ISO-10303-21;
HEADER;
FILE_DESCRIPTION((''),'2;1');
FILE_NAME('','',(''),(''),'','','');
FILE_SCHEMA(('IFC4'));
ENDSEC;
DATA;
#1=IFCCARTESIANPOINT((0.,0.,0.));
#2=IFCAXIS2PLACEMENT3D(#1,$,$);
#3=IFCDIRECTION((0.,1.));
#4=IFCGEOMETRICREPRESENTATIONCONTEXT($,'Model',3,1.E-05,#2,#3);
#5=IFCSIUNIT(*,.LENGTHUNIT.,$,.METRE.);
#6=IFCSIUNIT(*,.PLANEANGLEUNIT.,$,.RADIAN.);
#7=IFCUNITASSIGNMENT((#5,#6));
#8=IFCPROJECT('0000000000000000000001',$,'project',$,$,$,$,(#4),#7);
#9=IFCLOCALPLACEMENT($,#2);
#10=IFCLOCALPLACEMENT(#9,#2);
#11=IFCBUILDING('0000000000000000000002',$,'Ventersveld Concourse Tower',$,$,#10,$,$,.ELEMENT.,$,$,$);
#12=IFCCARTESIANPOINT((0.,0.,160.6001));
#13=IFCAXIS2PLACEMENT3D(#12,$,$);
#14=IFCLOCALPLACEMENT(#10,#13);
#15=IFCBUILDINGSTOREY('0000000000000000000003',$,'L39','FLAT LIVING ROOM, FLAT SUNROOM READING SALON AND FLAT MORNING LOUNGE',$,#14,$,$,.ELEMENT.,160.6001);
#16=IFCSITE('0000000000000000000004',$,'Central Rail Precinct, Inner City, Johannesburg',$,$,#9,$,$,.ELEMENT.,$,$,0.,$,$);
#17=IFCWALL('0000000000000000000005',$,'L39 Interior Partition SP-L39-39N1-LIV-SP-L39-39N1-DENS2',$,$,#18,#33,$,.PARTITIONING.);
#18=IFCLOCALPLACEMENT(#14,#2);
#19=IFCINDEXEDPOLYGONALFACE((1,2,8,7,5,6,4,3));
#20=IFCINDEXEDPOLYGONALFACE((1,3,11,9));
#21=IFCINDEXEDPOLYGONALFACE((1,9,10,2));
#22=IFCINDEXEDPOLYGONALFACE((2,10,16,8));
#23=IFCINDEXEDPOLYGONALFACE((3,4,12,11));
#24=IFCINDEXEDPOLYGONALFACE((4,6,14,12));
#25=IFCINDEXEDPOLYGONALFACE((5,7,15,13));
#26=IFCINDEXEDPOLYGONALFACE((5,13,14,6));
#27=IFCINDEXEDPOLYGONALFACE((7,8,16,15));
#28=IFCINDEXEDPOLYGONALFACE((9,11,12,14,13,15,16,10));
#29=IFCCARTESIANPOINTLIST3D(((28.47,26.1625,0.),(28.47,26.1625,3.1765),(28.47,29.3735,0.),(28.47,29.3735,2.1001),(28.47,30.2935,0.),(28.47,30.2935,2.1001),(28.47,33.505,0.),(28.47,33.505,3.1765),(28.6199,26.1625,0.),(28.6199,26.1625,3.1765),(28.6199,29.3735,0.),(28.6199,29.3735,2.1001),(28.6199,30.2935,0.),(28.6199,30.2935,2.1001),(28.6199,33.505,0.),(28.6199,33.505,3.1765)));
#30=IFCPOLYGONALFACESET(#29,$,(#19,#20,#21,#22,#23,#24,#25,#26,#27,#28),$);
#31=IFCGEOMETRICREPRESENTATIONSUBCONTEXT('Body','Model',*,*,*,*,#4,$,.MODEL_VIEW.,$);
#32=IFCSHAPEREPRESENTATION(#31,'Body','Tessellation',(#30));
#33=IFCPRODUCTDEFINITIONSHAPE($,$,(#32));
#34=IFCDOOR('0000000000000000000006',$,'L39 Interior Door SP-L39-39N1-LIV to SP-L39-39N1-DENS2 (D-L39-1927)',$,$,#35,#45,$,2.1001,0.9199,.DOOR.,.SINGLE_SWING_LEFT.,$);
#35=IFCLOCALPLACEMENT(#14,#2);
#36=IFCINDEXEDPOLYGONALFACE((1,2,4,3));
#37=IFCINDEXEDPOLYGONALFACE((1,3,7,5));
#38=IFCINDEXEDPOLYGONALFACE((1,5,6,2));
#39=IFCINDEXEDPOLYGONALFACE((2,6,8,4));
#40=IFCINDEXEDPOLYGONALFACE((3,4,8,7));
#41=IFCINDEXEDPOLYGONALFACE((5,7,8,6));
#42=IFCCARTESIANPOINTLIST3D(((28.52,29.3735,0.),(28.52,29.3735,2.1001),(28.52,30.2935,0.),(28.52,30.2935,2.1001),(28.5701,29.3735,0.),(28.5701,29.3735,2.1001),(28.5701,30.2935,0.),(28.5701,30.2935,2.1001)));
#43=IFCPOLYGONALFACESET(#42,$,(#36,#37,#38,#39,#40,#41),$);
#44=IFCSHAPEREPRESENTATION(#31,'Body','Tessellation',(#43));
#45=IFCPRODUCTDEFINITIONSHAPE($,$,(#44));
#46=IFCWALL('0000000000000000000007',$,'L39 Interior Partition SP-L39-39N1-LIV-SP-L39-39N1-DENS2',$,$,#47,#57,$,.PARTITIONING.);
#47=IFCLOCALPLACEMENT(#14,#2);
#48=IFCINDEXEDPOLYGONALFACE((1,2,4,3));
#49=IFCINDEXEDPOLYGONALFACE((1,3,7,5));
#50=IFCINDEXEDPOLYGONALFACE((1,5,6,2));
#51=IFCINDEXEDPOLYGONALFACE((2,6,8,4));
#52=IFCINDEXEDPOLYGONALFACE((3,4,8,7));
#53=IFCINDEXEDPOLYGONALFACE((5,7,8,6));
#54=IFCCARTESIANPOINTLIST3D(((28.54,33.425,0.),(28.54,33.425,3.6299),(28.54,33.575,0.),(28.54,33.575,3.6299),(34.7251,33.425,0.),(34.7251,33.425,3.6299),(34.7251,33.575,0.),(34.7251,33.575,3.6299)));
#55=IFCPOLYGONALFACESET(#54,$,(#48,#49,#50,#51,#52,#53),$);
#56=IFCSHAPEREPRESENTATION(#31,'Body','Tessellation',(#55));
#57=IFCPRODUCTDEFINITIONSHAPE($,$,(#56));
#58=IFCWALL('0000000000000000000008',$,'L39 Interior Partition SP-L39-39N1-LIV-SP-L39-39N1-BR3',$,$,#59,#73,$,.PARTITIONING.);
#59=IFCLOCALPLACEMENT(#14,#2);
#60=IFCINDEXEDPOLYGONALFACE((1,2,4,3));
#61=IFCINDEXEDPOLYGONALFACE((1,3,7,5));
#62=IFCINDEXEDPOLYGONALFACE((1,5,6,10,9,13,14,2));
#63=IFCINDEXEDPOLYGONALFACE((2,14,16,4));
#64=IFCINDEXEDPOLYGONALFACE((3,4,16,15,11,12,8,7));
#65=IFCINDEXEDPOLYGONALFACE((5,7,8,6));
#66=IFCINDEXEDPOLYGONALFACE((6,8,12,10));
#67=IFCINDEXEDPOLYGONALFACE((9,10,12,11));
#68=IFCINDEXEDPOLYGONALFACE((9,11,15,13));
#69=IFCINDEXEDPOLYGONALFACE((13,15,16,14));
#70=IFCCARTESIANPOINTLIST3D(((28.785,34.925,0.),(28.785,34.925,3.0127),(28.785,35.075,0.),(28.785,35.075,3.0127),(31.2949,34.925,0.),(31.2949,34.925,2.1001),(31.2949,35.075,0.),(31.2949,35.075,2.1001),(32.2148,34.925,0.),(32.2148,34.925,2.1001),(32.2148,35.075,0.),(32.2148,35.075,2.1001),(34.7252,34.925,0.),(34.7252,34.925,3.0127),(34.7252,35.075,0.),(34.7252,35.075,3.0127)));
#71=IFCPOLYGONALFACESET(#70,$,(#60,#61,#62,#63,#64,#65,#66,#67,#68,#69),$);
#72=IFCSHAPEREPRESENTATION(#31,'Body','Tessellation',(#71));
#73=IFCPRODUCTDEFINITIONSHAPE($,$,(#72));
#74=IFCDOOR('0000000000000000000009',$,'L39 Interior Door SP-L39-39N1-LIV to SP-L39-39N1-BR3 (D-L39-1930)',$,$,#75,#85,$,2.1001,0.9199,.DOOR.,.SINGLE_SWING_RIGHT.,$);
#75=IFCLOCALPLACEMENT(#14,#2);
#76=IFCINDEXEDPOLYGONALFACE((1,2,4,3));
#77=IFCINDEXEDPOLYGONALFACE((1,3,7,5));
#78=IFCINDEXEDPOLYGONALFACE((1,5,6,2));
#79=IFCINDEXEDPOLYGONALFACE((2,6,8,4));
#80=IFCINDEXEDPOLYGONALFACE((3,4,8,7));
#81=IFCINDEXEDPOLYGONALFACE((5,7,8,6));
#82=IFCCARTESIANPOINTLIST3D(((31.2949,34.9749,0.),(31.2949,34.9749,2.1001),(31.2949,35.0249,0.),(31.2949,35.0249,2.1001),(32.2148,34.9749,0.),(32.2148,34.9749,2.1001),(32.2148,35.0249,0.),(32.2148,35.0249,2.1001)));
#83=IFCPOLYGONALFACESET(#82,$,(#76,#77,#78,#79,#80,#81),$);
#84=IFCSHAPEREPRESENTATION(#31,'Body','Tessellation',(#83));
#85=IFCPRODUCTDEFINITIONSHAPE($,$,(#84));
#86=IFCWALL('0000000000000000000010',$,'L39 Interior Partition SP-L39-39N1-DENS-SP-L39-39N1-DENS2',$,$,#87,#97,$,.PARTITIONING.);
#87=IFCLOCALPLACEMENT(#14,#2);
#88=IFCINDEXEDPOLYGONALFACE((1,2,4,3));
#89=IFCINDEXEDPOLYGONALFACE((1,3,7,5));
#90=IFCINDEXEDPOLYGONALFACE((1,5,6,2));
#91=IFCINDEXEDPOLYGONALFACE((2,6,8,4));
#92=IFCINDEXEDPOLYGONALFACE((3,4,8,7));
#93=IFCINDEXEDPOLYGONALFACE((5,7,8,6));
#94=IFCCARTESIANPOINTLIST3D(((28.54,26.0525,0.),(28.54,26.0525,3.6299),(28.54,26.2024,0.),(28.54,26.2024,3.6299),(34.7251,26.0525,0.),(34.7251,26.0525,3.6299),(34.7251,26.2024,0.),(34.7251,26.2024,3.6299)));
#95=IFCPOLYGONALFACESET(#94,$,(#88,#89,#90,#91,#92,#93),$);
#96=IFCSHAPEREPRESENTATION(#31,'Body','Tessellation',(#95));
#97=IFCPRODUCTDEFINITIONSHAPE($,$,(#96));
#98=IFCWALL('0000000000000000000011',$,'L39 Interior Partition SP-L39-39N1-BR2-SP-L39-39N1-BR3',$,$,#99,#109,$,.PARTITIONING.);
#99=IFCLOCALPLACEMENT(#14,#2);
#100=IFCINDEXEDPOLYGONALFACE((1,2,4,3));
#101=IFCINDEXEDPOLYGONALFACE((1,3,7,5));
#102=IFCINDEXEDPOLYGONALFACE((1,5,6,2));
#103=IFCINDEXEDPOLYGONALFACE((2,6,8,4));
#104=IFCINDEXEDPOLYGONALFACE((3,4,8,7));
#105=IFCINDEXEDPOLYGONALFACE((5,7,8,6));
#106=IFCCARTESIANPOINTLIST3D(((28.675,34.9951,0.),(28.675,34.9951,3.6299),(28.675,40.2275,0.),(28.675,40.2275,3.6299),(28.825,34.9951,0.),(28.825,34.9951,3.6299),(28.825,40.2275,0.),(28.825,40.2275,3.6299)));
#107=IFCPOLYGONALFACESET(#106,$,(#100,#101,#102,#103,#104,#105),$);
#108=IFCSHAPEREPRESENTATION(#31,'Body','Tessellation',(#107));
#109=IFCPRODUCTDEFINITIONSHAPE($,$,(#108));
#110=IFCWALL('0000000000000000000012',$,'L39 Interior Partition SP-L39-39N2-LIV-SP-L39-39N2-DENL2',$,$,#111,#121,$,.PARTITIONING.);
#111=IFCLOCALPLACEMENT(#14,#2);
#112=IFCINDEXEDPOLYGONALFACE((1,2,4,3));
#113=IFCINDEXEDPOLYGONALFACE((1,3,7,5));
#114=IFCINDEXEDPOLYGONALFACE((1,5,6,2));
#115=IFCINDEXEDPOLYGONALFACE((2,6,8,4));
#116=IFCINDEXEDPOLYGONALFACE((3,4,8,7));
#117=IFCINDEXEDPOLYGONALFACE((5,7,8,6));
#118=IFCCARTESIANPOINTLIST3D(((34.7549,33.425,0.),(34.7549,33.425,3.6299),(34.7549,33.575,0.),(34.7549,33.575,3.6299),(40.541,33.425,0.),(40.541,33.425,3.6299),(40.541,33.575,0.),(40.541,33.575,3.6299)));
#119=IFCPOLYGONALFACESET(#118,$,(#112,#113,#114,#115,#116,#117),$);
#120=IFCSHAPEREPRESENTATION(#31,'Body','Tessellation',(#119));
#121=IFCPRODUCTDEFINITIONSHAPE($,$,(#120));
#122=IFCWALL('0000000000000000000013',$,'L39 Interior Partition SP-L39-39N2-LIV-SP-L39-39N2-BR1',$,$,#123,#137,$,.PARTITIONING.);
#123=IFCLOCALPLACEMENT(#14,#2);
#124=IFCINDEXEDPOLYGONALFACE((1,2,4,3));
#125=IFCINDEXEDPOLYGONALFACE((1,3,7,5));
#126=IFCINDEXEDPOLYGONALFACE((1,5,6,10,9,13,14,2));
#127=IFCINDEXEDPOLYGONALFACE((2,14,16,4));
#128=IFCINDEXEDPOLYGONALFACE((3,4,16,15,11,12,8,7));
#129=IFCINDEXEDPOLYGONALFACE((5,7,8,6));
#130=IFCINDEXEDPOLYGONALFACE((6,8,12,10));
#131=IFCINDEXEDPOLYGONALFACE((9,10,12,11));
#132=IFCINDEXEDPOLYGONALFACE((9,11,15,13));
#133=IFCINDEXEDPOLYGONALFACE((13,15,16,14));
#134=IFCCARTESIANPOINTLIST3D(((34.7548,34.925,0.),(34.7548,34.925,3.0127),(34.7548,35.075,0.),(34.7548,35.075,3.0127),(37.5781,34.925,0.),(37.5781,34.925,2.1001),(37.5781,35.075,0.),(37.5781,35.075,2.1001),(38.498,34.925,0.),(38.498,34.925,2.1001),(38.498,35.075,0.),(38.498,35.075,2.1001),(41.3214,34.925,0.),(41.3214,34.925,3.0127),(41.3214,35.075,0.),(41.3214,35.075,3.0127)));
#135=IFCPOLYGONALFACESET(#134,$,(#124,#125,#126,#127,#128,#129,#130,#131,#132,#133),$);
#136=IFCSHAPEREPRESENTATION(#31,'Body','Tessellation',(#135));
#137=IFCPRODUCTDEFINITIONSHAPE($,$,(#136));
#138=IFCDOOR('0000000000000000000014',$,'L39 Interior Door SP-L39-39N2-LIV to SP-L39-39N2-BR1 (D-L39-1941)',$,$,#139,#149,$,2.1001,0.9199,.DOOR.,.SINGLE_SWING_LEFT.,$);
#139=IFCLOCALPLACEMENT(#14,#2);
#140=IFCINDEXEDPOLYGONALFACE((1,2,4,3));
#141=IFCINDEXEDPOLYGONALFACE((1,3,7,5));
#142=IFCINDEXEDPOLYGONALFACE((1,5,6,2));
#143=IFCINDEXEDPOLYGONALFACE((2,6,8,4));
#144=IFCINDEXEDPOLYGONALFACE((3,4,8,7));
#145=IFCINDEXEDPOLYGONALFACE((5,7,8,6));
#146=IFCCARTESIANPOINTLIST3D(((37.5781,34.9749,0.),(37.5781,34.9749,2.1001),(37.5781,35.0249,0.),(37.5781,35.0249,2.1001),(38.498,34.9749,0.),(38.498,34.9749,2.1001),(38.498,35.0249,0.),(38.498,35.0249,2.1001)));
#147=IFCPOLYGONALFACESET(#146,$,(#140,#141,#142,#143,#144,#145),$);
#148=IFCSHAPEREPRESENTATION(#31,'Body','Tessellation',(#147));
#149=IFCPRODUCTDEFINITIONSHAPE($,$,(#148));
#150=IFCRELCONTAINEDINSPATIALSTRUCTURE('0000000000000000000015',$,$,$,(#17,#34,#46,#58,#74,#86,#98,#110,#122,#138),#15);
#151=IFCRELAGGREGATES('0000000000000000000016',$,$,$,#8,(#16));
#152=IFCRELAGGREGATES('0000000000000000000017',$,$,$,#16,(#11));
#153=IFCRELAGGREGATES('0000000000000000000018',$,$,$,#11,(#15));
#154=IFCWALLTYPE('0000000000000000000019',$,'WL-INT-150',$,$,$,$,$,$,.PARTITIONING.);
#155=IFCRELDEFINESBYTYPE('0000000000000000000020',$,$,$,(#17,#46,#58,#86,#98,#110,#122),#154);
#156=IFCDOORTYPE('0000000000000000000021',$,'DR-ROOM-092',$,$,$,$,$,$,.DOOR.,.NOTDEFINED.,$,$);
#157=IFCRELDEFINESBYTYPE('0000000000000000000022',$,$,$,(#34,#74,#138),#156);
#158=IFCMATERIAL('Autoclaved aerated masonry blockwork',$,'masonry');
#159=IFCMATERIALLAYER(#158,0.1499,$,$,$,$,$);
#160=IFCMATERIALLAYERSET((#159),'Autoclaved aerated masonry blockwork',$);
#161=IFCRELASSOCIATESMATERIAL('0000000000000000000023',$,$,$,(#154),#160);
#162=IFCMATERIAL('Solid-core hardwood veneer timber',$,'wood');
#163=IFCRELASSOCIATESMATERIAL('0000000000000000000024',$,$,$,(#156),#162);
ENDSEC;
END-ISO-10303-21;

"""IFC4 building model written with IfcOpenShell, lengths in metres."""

from ifc_helpers import new_model, si_unit, direction, frame, frame_2d, origin, place, context, subcontext, project, spatial, rectangle, extrude, material, layer, layer_set, type_object, element, fill, save


model = new_model("IFC4")

# Units and contexts
model_context = context("Model", 3, precision=1e-05, world=origin(), true_north=direction((0.0, 1.0)))
body_context = subcontext(model_context, "Body", "Model", "MODEL_VIEW")
ifc_project = project(units=[si_unit("LENGTHUNIT", "METRE"), si_unit("PLANEANGLEUNIT", "RADIAN")], contexts=[model_context])

# Site, building, storey
site_placement = place(None, origin())
site = spatial("IfcSite", under=ifc_project, at=site_placement, Name="Central Rail Precinct, Inner City, Johannesburg", CompositionType="ELEMENT", RefElevation=0.0)
building_placement = place(site_placement, origin())
building = spatial("IfcBuilding", under=site, at=building_placement, Name="Ventersveld Concourse Tower", CompositionType="ELEMENT")
storey_placement = place(building_placement, frame((0.0, 0.0, 160.6001)))
storey = spatial("IfcBuildingStorey", under=building, at=storey_placement, Name="L39", Description="FLAT LIVING ROOM, FLAT SUNROOM READING SALON AND FLAT MORNING LOUNGE", CompositionType="ELEMENT", Elevation=160.6001)

# Wall, opening, door
ifc_material_1 = material(Name="Autoclaved aerated masonry blockwork", Category="masonry")
ifc_layer_1 = layer(ifc_material_1, 0.1499)
ifc_layer_set_1 = layer_set([ifc_layer_1], Name="Autoclaved aerated masonry blockwork")
wall_type_1 = type_object("IfcWallType", Name="WL-INT-150", PredefinedType="PARTITIONING", material=ifc_layer_set_1)
ifc_material_2 = material(Name="Solid-core hardwood veneer timber", Category="wood")
door_type = type_object("IfcDoorType", Name="DR-ROOM-092", OperationType="NOTDEFINED", PredefinedType="DOOR", material=ifc_material_2)
wall_1_placement = place(storey_placement, frame((28.5449, 26.1624, 0.0), z_axis=(0.0, 0.0, 1.0), x_axis=(0.0, 1.0, 0.0)))
wall_1 = element("IfcWall", 1, at=wall_1_placement, inside=storey, type_object=wall_type_1, Name="L39 Interior Partition SP-L39-39N1-LIV-SP-L39-39N1-DENS2", PredefinedType="PARTITIONING", context=body_context, shape_type="SweptSolid", body=[
    extrude(rectangle(XDim=7.3425, YDim=0.1499, at=frame_2d((3.6714, 0.0))), origin(), (0.0, 0.0, 1.0), 3.1765),
])
opening_1_placement = place(wall_1_placement, frame((3.2112, 0.0, 0.0)))
opening_1 = element("IfcOpeningElement", 2, at=opening_1_placement, cuts=wall_1, PredefinedType="OPENING", context=body_context, shape_type="SweptSolid", body=[
    extrude(rectangle(XDim=0.9199, YDim=2.1001, at=frame_2d((0.46, 1.05))), frame((0.0, 0.085, 0.0), z_axis=(0.0, -1.0, 0.0), x_axis=(1.0, 0.0, 0.0)), (0.0, 0.0, 1.0), 0.1699),
])
door_1_placement = place(opening_1_placement, origin())
door_1 = element("IfcDoor", 3, at=door_1_placement, inside=storey, type_object=door_type, Name="L39 Interior Door SP-L39-39N1-LIV to SP-L39-39N1-DENS2 (D-L39-1927)", OperationType="SINGLE_SWING_LEFT", OverallHeight=2.1001, OverallWidth=0.9199, PredefinedType="DOOR", context=body_context, shape_type="SweptSolid", body=[
    extrude(rectangle(XDim=0.9199, YDim=2.1001, at=frame_2d((0.46, 1.05))), frame((0.0, 0.0249, 0.0), z_axis=(0.0, -1.0, 0.0), x_axis=(1.0, 0.0, 0.0)), (0.0, 0.0, 1.0), 0.05),
])
fill(opening_1, door_1)

# Wall
wall_2_placement = place(storey_placement, frame((28.54, 33.5, 0.0), z_axis=(0.0, 0.0, 1.0), x_axis=(1.0, 0.0, 0.0)))
element("IfcWall", 4, at=wall_2_placement, inside=storey, type_object=wall_type_1, Name="L39 Interior Partition SP-L39-39N1-LIV-SP-L39-39N1-DENS2", PredefinedType="PARTITIONING", context=body_context, shape_type="SweptSolid", body=[
    extrude(rectangle(XDim=6.1851, YDim=0.1499, at=frame_2d((3.0925, 0.0))), origin(), (0.0, 0.0, 1.0), 3.6299),
])

# Wall, opening, door
wall_3_placement = place(storey_placement, frame((28.7849, 35.0, 0.0), z_axis=(0.0, 0.0, 1.0), x_axis=(1.0, 0.0, 0.0)))
wall_3 = element("IfcWall", 5, at=wall_3_placement, inside=storey, type_object=wall_type_1, Name="L39 Interior Partition SP-L39-39N1-LIV-SP-L39-39N1-BR3", PredefinedType="PARTITIONING", context=body_context, shape_type="SweptSolid", body=[
    extrude(rectangle(XDim=5.9402, YDim=0.1499, at=frame_2d((2.9702, 0.0))), origin(), (0.0, 0.0, 1.0), 3.0127),
])
opening_2_placement = place(wall_3_placement, frame((2.51, 0.0, 0.0)))
opening_2 = element("IfcOpeningElement", 6, at=opening_2_placement, cuts=wall_3, PredefinedType="OPENING", context=body_context, shape_type="SweptSolid", body=[
    extrude(rectangle(XDim=0.9199, YDim=2.1001, at=frame_2d((0.46, 1.05))), frame((0.0, 0.085, 0.0), z_axis=(0.0, -1.0, 0.0), x_axis=(1.0, 0.0, 0.0)), (0.0, 0.0, 1.0), 0.1699),
])
door_2_placement = place(opening_2_placement, origin())
door_2 = element("IfcDoor", 7, at=door_2_placement, inside=storey, type_object=door_type, Name="L39 Interior Door SP-L39-39N1-LIV to SP-L39-39N1-BR3 (D-L39-1930)", OperationType="SINGLE_SWING_RIGHT", OverallHeight=2.1001, OverallWidth=0.9199, PredefinedType="DOOR", context=body_context, shape_type="SweptSolid", body=[
    extrude(rectangle(XDim=0.9199, YDim=2.1001, at=frame_2d((0.46, 1.05))), frame((0.0, 0.0249, 0.0), z_axis=(0.0, -1.0, 0.0), x_axis=(1.0, 0.0, 0.0)), (0.0, 0.0, 1.0), 0.05),
])
fill(opening_2, door_2)

# Walls
wall_4_placement = place(storey_placement, frame((28.54, 26.1274, 0.0), z_axis=(0.0, 0.0, 1.0), x_axis=(1.0, 0.0, 0.0)))
element("IfcWall", 8, at=wall_4_placement, inside=storey, type_object=wall_type_1, Name="L39 Interior Partition SP-L39-39N1-DENS-SP-L39-39N1-DENS2", PredefinedType="PARTITIONING", context=body_context, shape_type="SweptSolid", body=[
    extrude(rectangle(XDim=6.1851, YDim=0.1499, at=frame_2d((3.0925, 0.0))), origin(), (0.0, 0.0, 1.0), 3.6299),
])
wall_5_placement = place(storey_placement, frame((28.75, 34.9951, 0.0), z_axis=(0.0, 0.0, 1.0), x_axis=(0.0, 1.0, 0.0)))
element("IfcWall", 9, at=wall_5_placement, inside=storey, type_object=wall_type_1, Name="L39 Interior Partition SP-L39-39N1-BR2-SP-L39-39N1-BR3", PredefinedType="PARTITIONING", context=body_context, shape_type="SweptSolid", body=[
    extrude(rectangle(XDim=5.2324, YDim=0.1499, at=frame_2d((2.6162, 0.0))), origin(), (0.0, 0.0, 1.0), 3.6299),
])
wall_6_placement = place(storey_placement, frame((34.7549, 33.5, 0.0), z_axis=(0.0, 0.0, 1.0), x_axis=(1.0, 0.0, 0.0)))
element("IfcWall", 10, at=wall_6_placement, inside=storey, type_object=wall_type_1, Name="L39 Interior Partition SP-L39-39N2-LIV-SP-L39-39N2-DENL2", PredefinedType="PARTITIONING", context=body_context, shape_type="SweptSolid", body=[
    extrude(rectangle(XDim=5.7861, YDim=0.1499, at=frame_2d((2.8931, 0.0))), origin(), (0.0, 0.0, 1.0), 3.6299),
])

# Wall, opening, door
wall_7_placement = place(storey_placement, frame((34.7549, 35.0, 0.0), z_axis=(0.0, 0.0, 1.0), x_axis=(1.0, 0.0, 0.0)))
wall_7 = element("IfcWall", 11, at=wall_7_placement, inside=storey, type_object=wall_type_1, Name="L39 Interior Partition SP-L39-39N2-LIV-SP-L39-39N2-BR1", PredefinedType="PARTITIONING", context=body_context, shape_type="SweptSolid", body=[
    extrude(rectangle(XDim=6.5667, YDim=0.1499, at=frame_2d((3.2832, 0.0))), origin(), (0.0, 0.0, 1.0), 3.0127),
])
opening_3_placement = place(wall_7_placement, frame((2.8232, 0.0, 0.0)))
opening_3 = element("IfcOpeningElement", 12, at=opening_3_placement, cuts=wall_7, PredefinedType="OPENING", context=body_context, shape_type="SweptSolid", body=[
    extrude(rectangle(XDim=0.9199, YDim=2.1001, at=frame_2d((0.46, 1.05))), frame((0.0, 0.085, 0.0), z_axis=(0.0, -1.0, 0.0), x_axis=(1.0, 0.0, 0.0)), (0.0, 0.0, 1.0), 0.1699),
])
door_3_placement = place(opening_3_placement, origin())
door_3 = element("IfcDoor", 13, at=door_3_placement, inside=storey, type_object=door_type, Name="L39 Interior Door SP-L39-39N2-LIV to SP-L39-39N2-BR1 (D-L39-1941)", OperationType="SINGLE_SWING_LEFT", OverallHeight=2.1001, OverallWidth=0.9199, PredefinedType="DOOR", context=body_context, shape_type="SweptSolid", body=[
    extrude(rectangle(XDim=0.9199, YDim=2.1001, at=frame_2d((0.46, 1.05))), frame((0.0, 0.0249, 0.0), z_axis=(0.0, -1.0, 0.0), x_axis=(1.0, 0.0, 0.0)), (0.0, 0.0, 1.0), 0.05),
])
fill(opening_3, door_3)

save(model, "model.ifc")
